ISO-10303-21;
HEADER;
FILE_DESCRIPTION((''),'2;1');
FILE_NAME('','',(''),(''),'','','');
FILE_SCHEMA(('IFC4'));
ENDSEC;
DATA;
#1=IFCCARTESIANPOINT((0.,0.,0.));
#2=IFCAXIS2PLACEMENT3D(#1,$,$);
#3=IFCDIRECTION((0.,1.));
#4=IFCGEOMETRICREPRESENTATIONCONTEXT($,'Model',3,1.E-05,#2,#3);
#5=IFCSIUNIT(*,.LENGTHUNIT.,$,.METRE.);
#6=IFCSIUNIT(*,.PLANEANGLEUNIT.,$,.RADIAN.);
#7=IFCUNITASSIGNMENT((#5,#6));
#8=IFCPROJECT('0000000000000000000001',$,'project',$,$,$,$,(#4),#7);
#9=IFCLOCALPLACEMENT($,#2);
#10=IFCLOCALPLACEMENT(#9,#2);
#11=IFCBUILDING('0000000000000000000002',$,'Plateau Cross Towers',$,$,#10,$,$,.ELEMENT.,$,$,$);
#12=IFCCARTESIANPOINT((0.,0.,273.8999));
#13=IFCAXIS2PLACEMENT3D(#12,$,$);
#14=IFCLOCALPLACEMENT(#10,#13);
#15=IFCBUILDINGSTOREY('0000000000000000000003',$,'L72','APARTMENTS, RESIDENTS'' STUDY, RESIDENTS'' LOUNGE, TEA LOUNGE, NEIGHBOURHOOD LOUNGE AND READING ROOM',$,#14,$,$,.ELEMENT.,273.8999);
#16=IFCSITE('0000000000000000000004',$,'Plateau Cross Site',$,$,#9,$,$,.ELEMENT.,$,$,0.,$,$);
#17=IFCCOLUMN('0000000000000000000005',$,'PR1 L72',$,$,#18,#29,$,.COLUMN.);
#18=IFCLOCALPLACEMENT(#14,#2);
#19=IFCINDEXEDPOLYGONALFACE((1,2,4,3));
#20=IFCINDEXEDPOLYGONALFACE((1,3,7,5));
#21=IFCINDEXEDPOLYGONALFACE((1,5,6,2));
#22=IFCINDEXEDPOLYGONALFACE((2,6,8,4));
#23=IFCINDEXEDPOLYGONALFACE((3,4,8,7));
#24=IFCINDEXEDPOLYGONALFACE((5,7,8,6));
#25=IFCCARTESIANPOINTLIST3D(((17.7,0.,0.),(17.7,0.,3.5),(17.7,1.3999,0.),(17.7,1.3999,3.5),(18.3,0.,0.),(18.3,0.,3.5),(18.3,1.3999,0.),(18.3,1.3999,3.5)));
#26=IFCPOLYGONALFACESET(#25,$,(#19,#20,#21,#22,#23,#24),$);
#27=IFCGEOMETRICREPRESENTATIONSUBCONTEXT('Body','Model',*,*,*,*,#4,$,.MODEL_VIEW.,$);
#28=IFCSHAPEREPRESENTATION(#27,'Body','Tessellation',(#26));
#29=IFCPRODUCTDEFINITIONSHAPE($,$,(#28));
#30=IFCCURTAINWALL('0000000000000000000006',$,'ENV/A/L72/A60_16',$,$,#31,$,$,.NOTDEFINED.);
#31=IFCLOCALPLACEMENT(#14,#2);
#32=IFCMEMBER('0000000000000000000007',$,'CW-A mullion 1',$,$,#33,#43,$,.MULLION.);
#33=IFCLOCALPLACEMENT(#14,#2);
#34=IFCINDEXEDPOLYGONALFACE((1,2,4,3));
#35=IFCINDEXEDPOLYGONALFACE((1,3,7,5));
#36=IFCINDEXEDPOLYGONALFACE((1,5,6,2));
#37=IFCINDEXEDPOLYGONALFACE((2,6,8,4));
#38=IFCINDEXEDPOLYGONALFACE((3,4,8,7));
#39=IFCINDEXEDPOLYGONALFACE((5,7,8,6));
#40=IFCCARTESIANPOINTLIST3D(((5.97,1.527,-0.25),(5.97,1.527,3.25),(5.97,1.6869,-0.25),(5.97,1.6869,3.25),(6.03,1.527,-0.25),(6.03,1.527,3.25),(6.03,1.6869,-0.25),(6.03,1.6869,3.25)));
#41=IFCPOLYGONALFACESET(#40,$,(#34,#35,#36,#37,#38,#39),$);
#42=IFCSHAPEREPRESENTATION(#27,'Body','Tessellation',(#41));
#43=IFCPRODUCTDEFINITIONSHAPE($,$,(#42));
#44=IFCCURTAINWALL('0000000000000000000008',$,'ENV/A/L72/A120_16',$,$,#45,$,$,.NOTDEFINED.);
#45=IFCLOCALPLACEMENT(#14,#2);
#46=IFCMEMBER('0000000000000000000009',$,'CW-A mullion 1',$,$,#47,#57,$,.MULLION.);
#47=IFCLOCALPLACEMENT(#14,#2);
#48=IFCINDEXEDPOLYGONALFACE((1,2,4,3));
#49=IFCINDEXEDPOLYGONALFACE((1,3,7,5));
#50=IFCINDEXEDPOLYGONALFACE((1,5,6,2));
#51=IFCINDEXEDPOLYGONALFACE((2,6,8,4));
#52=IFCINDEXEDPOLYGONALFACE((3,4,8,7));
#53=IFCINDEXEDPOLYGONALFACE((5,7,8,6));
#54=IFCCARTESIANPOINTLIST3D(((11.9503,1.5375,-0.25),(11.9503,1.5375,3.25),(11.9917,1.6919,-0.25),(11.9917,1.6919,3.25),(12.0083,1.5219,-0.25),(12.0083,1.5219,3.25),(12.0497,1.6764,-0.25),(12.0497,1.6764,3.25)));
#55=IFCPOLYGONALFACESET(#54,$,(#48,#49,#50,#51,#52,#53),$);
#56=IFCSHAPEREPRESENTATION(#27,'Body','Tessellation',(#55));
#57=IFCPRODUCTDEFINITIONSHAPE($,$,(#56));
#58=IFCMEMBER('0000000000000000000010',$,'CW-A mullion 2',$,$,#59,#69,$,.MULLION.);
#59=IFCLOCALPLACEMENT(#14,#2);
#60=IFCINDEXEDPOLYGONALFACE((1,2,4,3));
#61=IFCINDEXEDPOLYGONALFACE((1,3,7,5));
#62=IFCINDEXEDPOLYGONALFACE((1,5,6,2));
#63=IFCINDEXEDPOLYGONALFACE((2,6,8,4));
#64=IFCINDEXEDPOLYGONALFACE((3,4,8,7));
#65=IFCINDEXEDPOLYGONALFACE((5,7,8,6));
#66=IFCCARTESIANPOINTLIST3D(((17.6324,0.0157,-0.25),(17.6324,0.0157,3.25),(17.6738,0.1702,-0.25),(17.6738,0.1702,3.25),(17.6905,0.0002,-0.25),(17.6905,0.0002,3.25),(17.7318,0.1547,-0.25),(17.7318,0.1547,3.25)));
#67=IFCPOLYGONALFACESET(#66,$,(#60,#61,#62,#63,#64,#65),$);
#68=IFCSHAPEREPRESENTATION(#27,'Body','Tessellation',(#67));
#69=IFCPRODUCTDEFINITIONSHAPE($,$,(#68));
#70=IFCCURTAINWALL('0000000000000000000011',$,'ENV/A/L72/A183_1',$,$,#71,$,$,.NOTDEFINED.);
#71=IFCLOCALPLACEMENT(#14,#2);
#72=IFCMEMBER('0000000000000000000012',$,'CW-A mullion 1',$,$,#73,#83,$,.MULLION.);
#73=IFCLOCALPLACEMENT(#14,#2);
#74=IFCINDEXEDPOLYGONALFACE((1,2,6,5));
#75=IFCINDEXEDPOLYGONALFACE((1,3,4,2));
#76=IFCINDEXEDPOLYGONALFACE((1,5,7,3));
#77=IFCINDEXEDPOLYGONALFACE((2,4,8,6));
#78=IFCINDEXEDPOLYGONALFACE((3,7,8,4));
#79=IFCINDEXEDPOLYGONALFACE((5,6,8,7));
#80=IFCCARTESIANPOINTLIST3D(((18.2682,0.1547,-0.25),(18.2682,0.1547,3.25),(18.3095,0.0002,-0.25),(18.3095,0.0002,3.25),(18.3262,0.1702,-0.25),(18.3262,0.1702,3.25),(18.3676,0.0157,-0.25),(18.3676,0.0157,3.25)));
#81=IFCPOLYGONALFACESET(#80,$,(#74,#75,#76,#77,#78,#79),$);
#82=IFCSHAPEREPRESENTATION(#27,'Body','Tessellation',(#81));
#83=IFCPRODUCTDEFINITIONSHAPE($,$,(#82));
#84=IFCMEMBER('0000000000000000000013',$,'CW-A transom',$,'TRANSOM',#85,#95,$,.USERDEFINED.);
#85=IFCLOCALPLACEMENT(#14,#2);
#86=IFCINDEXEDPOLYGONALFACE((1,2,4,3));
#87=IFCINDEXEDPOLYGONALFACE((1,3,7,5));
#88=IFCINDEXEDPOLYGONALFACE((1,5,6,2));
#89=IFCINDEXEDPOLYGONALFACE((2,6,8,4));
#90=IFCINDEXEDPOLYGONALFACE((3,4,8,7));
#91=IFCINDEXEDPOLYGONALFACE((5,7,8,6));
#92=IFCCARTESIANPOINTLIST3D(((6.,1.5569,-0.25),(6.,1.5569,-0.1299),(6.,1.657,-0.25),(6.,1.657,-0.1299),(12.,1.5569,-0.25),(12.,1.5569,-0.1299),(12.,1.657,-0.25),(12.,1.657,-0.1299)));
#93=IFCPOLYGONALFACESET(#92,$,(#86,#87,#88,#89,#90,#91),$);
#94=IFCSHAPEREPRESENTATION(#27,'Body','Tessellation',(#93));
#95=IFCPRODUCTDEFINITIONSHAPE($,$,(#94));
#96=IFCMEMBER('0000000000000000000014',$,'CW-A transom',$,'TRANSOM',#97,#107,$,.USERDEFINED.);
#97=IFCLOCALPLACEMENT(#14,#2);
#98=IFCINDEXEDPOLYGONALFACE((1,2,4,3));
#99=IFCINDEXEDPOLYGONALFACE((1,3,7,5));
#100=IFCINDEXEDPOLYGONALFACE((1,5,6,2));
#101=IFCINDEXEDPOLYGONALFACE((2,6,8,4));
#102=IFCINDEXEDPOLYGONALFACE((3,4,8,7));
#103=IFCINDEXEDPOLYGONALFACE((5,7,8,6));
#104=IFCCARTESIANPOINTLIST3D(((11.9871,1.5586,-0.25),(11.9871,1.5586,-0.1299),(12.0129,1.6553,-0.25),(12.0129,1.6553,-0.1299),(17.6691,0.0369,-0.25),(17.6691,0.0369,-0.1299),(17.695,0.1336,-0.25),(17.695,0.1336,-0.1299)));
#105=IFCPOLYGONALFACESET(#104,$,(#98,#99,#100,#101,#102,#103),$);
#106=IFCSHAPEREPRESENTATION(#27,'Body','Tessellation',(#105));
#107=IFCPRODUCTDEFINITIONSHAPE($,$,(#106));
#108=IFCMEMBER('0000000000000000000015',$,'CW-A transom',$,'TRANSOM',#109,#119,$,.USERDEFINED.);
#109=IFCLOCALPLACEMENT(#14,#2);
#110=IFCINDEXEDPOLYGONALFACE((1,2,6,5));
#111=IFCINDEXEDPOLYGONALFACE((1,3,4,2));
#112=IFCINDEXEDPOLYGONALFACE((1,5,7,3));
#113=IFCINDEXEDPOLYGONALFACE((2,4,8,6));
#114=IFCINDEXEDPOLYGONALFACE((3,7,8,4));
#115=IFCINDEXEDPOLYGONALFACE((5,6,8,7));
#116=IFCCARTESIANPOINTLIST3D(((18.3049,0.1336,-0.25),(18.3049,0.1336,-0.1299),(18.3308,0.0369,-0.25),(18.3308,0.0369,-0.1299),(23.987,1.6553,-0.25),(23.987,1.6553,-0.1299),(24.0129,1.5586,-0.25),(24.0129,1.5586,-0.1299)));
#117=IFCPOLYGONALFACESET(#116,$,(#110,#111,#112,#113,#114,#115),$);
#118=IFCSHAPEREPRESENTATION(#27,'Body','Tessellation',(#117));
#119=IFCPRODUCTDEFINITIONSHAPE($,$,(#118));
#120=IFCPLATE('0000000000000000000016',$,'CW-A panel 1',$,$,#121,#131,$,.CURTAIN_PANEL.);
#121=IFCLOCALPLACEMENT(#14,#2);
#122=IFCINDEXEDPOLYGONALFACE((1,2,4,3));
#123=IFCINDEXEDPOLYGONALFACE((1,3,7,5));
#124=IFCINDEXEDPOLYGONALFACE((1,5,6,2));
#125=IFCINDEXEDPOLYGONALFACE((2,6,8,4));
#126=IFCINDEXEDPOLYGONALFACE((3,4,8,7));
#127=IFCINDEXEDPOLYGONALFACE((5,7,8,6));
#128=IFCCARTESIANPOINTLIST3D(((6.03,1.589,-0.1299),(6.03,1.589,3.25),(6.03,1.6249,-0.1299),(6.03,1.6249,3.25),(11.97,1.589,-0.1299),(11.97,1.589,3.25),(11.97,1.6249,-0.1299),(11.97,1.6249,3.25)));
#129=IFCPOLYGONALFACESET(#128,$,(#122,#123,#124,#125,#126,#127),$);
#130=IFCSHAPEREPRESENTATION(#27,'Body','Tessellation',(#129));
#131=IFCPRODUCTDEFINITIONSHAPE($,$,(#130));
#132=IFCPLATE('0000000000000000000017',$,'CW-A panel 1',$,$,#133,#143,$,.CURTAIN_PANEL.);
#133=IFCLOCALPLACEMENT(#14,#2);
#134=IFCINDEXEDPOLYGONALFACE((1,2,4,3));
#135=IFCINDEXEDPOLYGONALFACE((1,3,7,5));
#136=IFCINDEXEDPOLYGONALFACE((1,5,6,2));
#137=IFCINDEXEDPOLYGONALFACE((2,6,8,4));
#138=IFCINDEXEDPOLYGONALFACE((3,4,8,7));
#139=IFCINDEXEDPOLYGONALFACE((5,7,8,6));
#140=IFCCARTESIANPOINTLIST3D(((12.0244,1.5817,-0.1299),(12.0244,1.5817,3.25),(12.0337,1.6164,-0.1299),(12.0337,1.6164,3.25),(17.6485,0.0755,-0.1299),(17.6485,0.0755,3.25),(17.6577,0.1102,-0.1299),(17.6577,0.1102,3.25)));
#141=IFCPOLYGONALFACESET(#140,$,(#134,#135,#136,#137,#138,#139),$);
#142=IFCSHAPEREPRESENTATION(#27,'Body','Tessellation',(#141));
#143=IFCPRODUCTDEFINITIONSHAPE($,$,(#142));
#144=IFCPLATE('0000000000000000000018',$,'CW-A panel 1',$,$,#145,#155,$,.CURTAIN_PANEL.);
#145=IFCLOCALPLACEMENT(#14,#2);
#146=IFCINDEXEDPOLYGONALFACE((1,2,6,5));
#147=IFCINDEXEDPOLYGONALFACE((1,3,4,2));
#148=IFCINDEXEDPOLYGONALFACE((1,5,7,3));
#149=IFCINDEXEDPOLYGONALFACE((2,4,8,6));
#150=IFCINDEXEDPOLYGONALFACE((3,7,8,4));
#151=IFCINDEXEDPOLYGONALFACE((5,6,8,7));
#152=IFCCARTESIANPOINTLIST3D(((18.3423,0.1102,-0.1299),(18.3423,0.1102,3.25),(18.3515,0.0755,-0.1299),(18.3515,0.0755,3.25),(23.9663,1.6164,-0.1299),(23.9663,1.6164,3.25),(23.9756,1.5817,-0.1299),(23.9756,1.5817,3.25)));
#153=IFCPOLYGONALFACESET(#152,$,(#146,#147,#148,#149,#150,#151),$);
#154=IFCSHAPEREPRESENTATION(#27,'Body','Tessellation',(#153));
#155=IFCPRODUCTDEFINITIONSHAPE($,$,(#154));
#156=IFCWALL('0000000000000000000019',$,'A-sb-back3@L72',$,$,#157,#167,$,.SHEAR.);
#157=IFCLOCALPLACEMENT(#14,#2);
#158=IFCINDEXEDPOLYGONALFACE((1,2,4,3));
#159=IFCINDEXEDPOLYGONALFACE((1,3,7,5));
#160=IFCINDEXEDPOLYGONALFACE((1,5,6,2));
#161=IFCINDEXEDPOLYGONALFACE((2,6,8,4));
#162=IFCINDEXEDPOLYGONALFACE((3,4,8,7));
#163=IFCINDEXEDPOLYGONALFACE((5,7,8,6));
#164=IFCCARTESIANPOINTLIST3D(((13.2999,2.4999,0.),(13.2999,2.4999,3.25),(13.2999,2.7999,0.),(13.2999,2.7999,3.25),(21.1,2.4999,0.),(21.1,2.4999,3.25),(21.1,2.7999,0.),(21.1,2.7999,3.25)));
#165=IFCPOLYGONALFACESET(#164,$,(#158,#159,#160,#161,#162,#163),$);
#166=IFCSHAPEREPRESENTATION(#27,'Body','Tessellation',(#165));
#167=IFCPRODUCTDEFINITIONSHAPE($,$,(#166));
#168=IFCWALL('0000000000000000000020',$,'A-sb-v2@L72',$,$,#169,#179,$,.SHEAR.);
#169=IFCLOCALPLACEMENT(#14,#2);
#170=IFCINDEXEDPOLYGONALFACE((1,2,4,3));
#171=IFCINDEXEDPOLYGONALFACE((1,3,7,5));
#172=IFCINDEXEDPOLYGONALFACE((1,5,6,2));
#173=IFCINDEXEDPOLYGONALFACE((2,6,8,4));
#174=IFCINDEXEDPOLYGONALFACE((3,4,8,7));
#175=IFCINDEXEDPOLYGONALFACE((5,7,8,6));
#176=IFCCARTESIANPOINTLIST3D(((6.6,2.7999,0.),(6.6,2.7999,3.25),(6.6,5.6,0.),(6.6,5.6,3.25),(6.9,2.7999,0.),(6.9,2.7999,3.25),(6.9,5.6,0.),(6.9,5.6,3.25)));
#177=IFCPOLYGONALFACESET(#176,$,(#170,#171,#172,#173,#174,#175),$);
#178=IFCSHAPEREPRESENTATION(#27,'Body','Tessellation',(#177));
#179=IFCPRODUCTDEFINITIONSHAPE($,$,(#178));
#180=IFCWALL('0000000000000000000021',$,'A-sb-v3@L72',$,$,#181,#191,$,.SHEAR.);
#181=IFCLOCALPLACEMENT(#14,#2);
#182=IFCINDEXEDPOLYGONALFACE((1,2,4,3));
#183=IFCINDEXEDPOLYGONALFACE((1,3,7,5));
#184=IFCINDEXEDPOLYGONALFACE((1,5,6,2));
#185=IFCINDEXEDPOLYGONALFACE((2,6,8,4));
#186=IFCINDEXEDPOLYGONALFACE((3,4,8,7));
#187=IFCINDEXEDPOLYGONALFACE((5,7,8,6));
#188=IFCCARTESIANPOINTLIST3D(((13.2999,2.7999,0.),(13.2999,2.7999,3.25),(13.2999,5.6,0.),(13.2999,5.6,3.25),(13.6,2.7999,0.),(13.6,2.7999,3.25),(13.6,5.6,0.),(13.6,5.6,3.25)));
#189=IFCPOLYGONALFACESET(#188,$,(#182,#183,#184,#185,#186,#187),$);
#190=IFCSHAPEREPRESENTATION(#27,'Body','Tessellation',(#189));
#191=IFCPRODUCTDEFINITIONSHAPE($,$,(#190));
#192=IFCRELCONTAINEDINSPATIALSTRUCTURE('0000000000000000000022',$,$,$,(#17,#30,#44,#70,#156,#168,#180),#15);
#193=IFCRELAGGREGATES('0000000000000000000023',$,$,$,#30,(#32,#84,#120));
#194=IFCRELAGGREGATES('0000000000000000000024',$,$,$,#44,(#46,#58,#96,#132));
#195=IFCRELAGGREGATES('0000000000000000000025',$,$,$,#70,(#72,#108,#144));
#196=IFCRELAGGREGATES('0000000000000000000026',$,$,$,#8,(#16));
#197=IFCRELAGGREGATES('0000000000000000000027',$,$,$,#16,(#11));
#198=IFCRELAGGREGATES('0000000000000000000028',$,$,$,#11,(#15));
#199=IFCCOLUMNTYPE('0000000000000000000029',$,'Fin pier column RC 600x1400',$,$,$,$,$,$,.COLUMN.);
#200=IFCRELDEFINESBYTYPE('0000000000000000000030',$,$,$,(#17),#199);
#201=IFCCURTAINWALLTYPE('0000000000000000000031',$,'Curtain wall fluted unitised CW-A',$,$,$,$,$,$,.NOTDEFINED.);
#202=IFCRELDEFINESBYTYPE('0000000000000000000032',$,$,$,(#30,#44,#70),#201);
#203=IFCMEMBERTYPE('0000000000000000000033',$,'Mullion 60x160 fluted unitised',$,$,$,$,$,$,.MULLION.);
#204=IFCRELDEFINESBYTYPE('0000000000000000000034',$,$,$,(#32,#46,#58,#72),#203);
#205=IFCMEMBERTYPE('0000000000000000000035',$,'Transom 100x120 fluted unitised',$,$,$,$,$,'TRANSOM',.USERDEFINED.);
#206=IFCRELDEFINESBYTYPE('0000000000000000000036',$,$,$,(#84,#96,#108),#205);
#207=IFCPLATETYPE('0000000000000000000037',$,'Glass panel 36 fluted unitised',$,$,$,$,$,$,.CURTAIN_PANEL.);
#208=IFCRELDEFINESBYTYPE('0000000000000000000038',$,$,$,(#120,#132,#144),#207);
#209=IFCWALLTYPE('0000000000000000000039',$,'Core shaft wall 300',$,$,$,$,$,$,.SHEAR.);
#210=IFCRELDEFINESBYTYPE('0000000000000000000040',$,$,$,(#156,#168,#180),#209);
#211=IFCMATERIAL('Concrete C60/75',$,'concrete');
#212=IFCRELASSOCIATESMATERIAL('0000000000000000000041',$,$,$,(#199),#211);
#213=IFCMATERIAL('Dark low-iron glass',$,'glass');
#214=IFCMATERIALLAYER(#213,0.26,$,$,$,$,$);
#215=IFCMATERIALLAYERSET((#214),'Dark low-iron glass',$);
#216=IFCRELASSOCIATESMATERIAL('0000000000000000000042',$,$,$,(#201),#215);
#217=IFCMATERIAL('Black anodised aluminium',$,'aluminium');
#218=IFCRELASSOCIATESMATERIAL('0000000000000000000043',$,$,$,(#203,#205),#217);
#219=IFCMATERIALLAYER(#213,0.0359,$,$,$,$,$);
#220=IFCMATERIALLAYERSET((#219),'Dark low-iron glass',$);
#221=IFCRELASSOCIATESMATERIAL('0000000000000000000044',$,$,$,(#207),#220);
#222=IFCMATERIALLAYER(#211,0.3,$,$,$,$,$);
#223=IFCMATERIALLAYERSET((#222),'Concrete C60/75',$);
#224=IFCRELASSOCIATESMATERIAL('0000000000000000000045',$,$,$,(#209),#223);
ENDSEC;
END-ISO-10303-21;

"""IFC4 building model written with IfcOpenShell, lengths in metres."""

from ifc_helpers import new_model, si_unit, direction, frame, frame_2d, origin, origin_2d, place, context, subcontext, project, spatial, rectangle, extrude, material, layer, layer_set, material_profile, profile_set, type_object, element, aggregate, save


model = new_model("IFC4")

# Units and contexts
model_context = context("Model", 3, precision=1e-05, world=origin(), true_north=direction((0.0, 1.0)))
body_context = subcontext(model_context, "Body", "Model", "MODEL_VIEW")
ifc_project = project(units=[si_unit("LENGTHUNIT", "METRE"), si_unit("PLANEANGLEUNIT", "RADIAN")], contexts=[model_context])

# Site, building, storey
site_placement = place(None, origin())
site = spatial("IfcSite", under=ifc_project, at=site_placement, Name="Plateau Cross Site", CompositionType="ELEMENT", RefElevation=0.0)
building_placement = place(site_placement, origin())
building = spatial("IfcBuilding", under=site, at=building_placement, Name="Plateau Cross Towers", CompositionType="ELEMENT")
storey_placement = place(building_placement, frame((0.0, 0.0, 273.8999)))
storey = spatial("IfcBuildingStorey", under=building, at=storey_placement, Name="L72", Description="APARTMENTS, RESIDENTS' STUDY, RESIDENTS' LOUNGE, TEA LOUNGE, NEIGHBOURHOOD LOUNGE AND READING ROOM", CompositionType="ELEMENT", Elevation=273.8999)

# Column
ifc_material_1 = material(Name="Concrete C60/75", Category="concrete")
ifc_material_profile_1 = material_profile(ifc_material_1, rectangle(XDim=0.6001, YDim=1.3999, at=origin_2d()), Name="RC 600x1400")
ifc_profile_set_1 = profile_set([ifc_material_profile_1], Name="Concrete C60/75")
column_type = type_object("IfcColumnType", Name="Fin pier column RC 600x1400", PredefinedType="COLUMN", material=ifc_profile_set_1)
column_placement = place(storey_placement, frame((18.0, 0.7, 0.0), z_axis=(0.0, 0.0, 1.0), x_axis=(1.0, 0.0, 0.0)))
element("IfcColumn", 1, at=column_placement, inside=storey, type_object=column_type, Name="PR1 L72", PredefinedType="COLUMN", context=body_context, shape_type="SweptSolid", body=[
    extrude(rectangle(XDim=0.6001, YDim=1.3999, at=origin_2d()), origin(), (0.0, 0.0, 1.0), 3.5),
])

# Curtain wall, member
ifc_material_2 = material(Name="Dark low-iron glass", Category="glass")
ifc_layer_1 = layer(ifc_material_2, 0.26)
ifc_layer_set_1 = layer_set([ifc_layer_1], Name="Dark low-iron glass")
curtain_wall_type = type_object("IfcCurtainWallType", Name="Curtain wall fluted unitised CW-A", PredefinedType="NOTDEFINED", material=ifc_layer_set_1)
curtain_wall_1_placement = place(storey_placement, origin())
curtain_wall_1 = element("IfcCurtainWall", 2, at=curtain_wall_1_placement, inside=storey, type_object=curtain_wall_type, Name="ENV/A/L72/A60_16", PredefinedType="NOTDEFINED")
ifc_material_3 = material(Name="Black anodised aluminium", Category="aluminium")
ifc_material_profile_2 = material_profile(ifc_material_3, rectangle(XDim=0.0601, YDim=0.1599, at=origin_2d()), Name="MULLION 60x160")
ifc_profile_set_2 = profile_set([ifc_material_profile_2], Name="Black anodised aluminium")
member_type_1 = type_object("IfcMemberType", Name="Mullion 60x160 fluted unitised", PredefinedType="MULLION", material=ifc_profile_set_2)
member_1_placement = place(storey_placement, frame((6.0, 1.6069, -0.25), z_axis=(0.0, 0.0, 1.0), x_axis=(1.0, 0.0, 0.0)))
member_1 = element("IfcMember", 3, at=member_1_placement, type_object=member_type_1, Name="CW-A mullion 1", PredefinedType="MULLION", context=body_context, shape_type="SweptSolid", body=[
    extrude(rectangle(XDim=0.0601, YDim=0.1599, at=origin_2d()), origin(), (0.0, 0.0, 1.0), 3.5),
])

# Curtain wall, members
curtain_wall_2_placement = place(storey_placement, origin())
curtain_wall_2 = element("IfcCurtainWall", 4, at=curtain_wall_2_placement, inside=storey, type_object=curtain_wall_type, Name="ENV/A/L72/A120_16", PredefinedType="NOTDEFINED")
member_2_placement = place(storey_placement, frame((12.0, 1.6069, -0.25), z_axis=(0.0, 0.0, 1.0), x_axis=(0.965958, -0.258699, 0.0)))
member_2 = element("IfcMember", 5, at=member_2_placement, type_object=member_type_1, Name="CW-A mullion 1", PredefinedType="MULLION", context=body_context, shape_type="SweptSolid", body=[
    extrude(rectangle(XDim=0.0601, YDim=0.1599, at=origin_2d()), origin(), (0.0, 0.0, 1.0), 3.5),
])
member_3_placement = place(storey_placement, frame((17.6821, 0.0852, -0.25), z_axis=(0.0, 0.0, 1.0), x_axis=(0.965958, -0.258699, 0.0)))
member_3 = element("IfcMember", 6, at=member_3_placement, type_object=member_type_1, Name="CW-A mullion 2", PredefinedType="MULLION", context=body_context, shape_type="SweptSolid", body=[
    extrude(rectangle(XDim=0.0601, YDim=0.1599, at=origin_2d()), origin(), (0.0, 0.0, 1.0), 3.5),
])

# Curtain wall, member
curtain_wall_3_placement = place(storey_placement, origin())
curtain_wall_3 = element("IfcCurtainWall", 7, at=curtain_wall_3_placement, inside=storey, type_object=curtain_wall_type, Name="ENV/A/L72/A183_1", PredefinedType="NOTDEFINED")
member_4_placement = place(storey_placement, frame((18.3179, 0.0852, -0.25), z_axis=(0.0, 0.0, 1.0), x_axis=(0.965958, 0.258699, 0.0)))
member_4 = element("IfcMember", 8, at=member_4_placement, type_object=member_type_1, Name="CW-A mullion 1", PredefinedType="MULLION", context=body_context, shape_type="SweptSolid", body=[
    extrude(rectangle(XDim=0.0601, YDim=0.1599, at=origin_2d()), origin(), (0.0, 0.0, 1.0), 3.5),
])

# Members
ifc_material_profile_3 = material_profile(ifc_material_3, rectangle(XDim=0.1001, YDim=0.1201, at=origin_2d()), Name="TRANSOM 100x120")
ifc_profile_set_3 = profile_set([ifc_material_profile_3], Name="Black anodised aluminium")
member_type_2 = type_object("IfcMemberType", Name="Transom 100x120 fluted unitised", ElementType="TRANSOM", PredefinedType="USERDEFINED", material=ifc_profile_set_3)
member_5_placement = place(storey_placement, frame((6.0, 1.6069, -0.1899), z_axis=(1.0, 0.0, 0.0), x_axis=(0.0, 1.0, 0.0)))
member_5 = element("IfcMember", 9, at=member_5_placement, type_object=member_type_2, Name="CW-A transom", ObjectType="TRANSOM", PredefinedType="USERDEFINED", context=body_context, shape_type="SweptSolid", body=[
    extrude(rectangle(XDim=0.1001, YDim=0.1201, at=origin_2d()), origin(), (0.0, 0.0, 1.0), 6.0),
])
member_6_placement = place(storey_placement, frame((12.0, 1.6069, -0.1899), z_axis=(0.96596, -0.258693, 0.0), x_axis=(0.258693, 0.96596, 0.0)))
member_6 = element("IfcMember", 10, at=member_6_placement, type_object=member_type_2, Name="CW-A transom", ObjectType="TRANSOM", PredefinedType="USERDEFINED", context=body_context, shape_type="SweptSolid", body=[
    extrude(rectangle(XDim=0.1001, YDim=0.1201, at=origin_2d()), origin(), (0.0, 0.0, 1.0), 5.8823),
])
member_7_placement = place(storey_placement, frame((18.3179, 0.0852, -0.1899), z_axis=(0.96596, 0.258693, 0.0), x_axis=(-0.258693, 0.96596, 0.0)))
member_7 = element("IfcMember", 11, at=member_7_placement, type_object=member_type_2, Name="CW-A transom", ObjectType="TRANSOM", PredefinedType="USERDEFINED", context=body_context, shape_type="SweptSolid", body=[
    extrude(rectangle(XDim=0.1001, YDim=0.1201, at=origin_2d()), origin(), (0.0, 0.0, 1.0), 5.8823),
])

# Plates
ifc_layer_2 = layer(ifc_material_2, 0.0359)
ifc_layer_set_2 = layer_set([ifc_layer_2], Name="Dark low-iron glass")
plate_type = type_object("IfcPlateType", Name="Glass panel 36 fluted unitised", PredefinedType="CURTAIN_PANEL", material=ifc_layer_set_2)
plate_1_placement = place(storey_placement, frame((9.0, 1.6069, -0.1299), z_axis=(0.0, 0.0, 1.0), x_axis=(1.0, 0.0, 0.0)))
plate_1 = element("IfcPlate", 12, at=plate_1_placement, type_object=plate_type, Name="CW-A panel 1", PredefinedType="CURTAIN_PANEL", context=body_context, shape_type="SweptSolid", body=[
    extrude(rectangle(XDim=5.9399, YDim=0.0359, at=origin_2d()), origin(), (0.0, 0.0, 1.0), 3.3799),
])
aggregate(curtain_wall_1, [member_1, member_5, plate_1])
plate_2_placement = place(storey_placement, frame((14.8411, 0.8459, -0.1299), z_axis=(0.0, 0.0, 1.0), x_axis=(0.965958, -0.258699, 0.0)))
plate_2 = element("IfcPlate", 13, at=plate_2_placement, type_object=plate_type, Name="CW-A panel 1", PredefinedType="CURTAIN_PANEL", context=body_context, shape_type="SweptSolid", body=[
    extrude(rectangle(XDim=5.8223, YDim=0.0359, at=origin_2d()), origin(), (0.0, 0.0, 1.0), 3.3799),
])
aggregate(curtain_wall_2, [member_2, member_3, member_6, plate_2])
plate_3_placement = place(storey_placement, frame((21.1589, 0.8459, -0.1299), z_axis=(0.0, 0.0, 1.0), x_axis=(0.965958, 0.258699, 0.0)))
plate_3 = element("IfcPlate", 14, at=plate_3_placement, type_object=plate_type, Name="CW-A panel 1", PredefinedType="CURTAIN_PANEL", context=body_context, shape_type="SweptSolid", body=[
    extrude(rectangle(XDim=5.8223, YDim=0.0359, at=origin_2d()), origin(), (0.0, 0.0, 1.0), 3.3799),
])
aggregate(curtain_wall_3, [member_4, member_7, plate_3])

# Walls
ifc_layer_3 = layer(ifc_material_1, 0.3)
ifc_layer_set_3 = layer_set([ifc_layer_3], Name="Concrete C60/75")
wall_type_1 = type_object("IfcWallType", Name="Core shaft wall 300", PredefinedType="SHEAR", material=ifc_layer_set_3)
wall_1_placement = place(storey_placement, frame((13.3, 2.6499, 0.0), z_axis=(0.0, 0.0, 1.0), x_axis=(1.0, 0.0, 0.0)))
element("IfcWall", 15, at=wall_1_placement, inside=storey, type_object=wall_type_1, Name="A-sb-back3@L72", PredefinedType="SHEAR", context=body_context, shape_type="SweptSolid", body=[
    extrude(rectangle(XDim=7.8, YDim=0.3, at=frame_2d((3.8999, 0.0))), origin(), (0.0, 0.0, 1.0), 3.25),
])
for number, where, z_axis, x_axis, name in (
    (16, (6.75, 2.8, 0.0), (0.0, 0.0, 1.0), (0.0, 1.0, 0.0), "A-sb-v2@L72"),
    (17, (13.45, 2.8, 0.0), (0.0, 0.0, 1.0), (0.0, 1.0, 0.0), "A-sb-v3@L72"),
):
    element("IfcWall", number, at=place(storey_placement, frame(where, z_axis=z_axis, x_axis=x_axis)), inside=storey, type_object=wall_type_1, Name=name, PredefinedType="SHEAR", context=body_context, shape_type="SweptSolid", body=[
        extrude(rectangle(XDim=2.8, YDim=0.3, at=frame_2d((1.3999, 0.0))), origin(), (0.0, 0.0, 1.0), 3.25),
    ])

save(model, "model.ifc")
